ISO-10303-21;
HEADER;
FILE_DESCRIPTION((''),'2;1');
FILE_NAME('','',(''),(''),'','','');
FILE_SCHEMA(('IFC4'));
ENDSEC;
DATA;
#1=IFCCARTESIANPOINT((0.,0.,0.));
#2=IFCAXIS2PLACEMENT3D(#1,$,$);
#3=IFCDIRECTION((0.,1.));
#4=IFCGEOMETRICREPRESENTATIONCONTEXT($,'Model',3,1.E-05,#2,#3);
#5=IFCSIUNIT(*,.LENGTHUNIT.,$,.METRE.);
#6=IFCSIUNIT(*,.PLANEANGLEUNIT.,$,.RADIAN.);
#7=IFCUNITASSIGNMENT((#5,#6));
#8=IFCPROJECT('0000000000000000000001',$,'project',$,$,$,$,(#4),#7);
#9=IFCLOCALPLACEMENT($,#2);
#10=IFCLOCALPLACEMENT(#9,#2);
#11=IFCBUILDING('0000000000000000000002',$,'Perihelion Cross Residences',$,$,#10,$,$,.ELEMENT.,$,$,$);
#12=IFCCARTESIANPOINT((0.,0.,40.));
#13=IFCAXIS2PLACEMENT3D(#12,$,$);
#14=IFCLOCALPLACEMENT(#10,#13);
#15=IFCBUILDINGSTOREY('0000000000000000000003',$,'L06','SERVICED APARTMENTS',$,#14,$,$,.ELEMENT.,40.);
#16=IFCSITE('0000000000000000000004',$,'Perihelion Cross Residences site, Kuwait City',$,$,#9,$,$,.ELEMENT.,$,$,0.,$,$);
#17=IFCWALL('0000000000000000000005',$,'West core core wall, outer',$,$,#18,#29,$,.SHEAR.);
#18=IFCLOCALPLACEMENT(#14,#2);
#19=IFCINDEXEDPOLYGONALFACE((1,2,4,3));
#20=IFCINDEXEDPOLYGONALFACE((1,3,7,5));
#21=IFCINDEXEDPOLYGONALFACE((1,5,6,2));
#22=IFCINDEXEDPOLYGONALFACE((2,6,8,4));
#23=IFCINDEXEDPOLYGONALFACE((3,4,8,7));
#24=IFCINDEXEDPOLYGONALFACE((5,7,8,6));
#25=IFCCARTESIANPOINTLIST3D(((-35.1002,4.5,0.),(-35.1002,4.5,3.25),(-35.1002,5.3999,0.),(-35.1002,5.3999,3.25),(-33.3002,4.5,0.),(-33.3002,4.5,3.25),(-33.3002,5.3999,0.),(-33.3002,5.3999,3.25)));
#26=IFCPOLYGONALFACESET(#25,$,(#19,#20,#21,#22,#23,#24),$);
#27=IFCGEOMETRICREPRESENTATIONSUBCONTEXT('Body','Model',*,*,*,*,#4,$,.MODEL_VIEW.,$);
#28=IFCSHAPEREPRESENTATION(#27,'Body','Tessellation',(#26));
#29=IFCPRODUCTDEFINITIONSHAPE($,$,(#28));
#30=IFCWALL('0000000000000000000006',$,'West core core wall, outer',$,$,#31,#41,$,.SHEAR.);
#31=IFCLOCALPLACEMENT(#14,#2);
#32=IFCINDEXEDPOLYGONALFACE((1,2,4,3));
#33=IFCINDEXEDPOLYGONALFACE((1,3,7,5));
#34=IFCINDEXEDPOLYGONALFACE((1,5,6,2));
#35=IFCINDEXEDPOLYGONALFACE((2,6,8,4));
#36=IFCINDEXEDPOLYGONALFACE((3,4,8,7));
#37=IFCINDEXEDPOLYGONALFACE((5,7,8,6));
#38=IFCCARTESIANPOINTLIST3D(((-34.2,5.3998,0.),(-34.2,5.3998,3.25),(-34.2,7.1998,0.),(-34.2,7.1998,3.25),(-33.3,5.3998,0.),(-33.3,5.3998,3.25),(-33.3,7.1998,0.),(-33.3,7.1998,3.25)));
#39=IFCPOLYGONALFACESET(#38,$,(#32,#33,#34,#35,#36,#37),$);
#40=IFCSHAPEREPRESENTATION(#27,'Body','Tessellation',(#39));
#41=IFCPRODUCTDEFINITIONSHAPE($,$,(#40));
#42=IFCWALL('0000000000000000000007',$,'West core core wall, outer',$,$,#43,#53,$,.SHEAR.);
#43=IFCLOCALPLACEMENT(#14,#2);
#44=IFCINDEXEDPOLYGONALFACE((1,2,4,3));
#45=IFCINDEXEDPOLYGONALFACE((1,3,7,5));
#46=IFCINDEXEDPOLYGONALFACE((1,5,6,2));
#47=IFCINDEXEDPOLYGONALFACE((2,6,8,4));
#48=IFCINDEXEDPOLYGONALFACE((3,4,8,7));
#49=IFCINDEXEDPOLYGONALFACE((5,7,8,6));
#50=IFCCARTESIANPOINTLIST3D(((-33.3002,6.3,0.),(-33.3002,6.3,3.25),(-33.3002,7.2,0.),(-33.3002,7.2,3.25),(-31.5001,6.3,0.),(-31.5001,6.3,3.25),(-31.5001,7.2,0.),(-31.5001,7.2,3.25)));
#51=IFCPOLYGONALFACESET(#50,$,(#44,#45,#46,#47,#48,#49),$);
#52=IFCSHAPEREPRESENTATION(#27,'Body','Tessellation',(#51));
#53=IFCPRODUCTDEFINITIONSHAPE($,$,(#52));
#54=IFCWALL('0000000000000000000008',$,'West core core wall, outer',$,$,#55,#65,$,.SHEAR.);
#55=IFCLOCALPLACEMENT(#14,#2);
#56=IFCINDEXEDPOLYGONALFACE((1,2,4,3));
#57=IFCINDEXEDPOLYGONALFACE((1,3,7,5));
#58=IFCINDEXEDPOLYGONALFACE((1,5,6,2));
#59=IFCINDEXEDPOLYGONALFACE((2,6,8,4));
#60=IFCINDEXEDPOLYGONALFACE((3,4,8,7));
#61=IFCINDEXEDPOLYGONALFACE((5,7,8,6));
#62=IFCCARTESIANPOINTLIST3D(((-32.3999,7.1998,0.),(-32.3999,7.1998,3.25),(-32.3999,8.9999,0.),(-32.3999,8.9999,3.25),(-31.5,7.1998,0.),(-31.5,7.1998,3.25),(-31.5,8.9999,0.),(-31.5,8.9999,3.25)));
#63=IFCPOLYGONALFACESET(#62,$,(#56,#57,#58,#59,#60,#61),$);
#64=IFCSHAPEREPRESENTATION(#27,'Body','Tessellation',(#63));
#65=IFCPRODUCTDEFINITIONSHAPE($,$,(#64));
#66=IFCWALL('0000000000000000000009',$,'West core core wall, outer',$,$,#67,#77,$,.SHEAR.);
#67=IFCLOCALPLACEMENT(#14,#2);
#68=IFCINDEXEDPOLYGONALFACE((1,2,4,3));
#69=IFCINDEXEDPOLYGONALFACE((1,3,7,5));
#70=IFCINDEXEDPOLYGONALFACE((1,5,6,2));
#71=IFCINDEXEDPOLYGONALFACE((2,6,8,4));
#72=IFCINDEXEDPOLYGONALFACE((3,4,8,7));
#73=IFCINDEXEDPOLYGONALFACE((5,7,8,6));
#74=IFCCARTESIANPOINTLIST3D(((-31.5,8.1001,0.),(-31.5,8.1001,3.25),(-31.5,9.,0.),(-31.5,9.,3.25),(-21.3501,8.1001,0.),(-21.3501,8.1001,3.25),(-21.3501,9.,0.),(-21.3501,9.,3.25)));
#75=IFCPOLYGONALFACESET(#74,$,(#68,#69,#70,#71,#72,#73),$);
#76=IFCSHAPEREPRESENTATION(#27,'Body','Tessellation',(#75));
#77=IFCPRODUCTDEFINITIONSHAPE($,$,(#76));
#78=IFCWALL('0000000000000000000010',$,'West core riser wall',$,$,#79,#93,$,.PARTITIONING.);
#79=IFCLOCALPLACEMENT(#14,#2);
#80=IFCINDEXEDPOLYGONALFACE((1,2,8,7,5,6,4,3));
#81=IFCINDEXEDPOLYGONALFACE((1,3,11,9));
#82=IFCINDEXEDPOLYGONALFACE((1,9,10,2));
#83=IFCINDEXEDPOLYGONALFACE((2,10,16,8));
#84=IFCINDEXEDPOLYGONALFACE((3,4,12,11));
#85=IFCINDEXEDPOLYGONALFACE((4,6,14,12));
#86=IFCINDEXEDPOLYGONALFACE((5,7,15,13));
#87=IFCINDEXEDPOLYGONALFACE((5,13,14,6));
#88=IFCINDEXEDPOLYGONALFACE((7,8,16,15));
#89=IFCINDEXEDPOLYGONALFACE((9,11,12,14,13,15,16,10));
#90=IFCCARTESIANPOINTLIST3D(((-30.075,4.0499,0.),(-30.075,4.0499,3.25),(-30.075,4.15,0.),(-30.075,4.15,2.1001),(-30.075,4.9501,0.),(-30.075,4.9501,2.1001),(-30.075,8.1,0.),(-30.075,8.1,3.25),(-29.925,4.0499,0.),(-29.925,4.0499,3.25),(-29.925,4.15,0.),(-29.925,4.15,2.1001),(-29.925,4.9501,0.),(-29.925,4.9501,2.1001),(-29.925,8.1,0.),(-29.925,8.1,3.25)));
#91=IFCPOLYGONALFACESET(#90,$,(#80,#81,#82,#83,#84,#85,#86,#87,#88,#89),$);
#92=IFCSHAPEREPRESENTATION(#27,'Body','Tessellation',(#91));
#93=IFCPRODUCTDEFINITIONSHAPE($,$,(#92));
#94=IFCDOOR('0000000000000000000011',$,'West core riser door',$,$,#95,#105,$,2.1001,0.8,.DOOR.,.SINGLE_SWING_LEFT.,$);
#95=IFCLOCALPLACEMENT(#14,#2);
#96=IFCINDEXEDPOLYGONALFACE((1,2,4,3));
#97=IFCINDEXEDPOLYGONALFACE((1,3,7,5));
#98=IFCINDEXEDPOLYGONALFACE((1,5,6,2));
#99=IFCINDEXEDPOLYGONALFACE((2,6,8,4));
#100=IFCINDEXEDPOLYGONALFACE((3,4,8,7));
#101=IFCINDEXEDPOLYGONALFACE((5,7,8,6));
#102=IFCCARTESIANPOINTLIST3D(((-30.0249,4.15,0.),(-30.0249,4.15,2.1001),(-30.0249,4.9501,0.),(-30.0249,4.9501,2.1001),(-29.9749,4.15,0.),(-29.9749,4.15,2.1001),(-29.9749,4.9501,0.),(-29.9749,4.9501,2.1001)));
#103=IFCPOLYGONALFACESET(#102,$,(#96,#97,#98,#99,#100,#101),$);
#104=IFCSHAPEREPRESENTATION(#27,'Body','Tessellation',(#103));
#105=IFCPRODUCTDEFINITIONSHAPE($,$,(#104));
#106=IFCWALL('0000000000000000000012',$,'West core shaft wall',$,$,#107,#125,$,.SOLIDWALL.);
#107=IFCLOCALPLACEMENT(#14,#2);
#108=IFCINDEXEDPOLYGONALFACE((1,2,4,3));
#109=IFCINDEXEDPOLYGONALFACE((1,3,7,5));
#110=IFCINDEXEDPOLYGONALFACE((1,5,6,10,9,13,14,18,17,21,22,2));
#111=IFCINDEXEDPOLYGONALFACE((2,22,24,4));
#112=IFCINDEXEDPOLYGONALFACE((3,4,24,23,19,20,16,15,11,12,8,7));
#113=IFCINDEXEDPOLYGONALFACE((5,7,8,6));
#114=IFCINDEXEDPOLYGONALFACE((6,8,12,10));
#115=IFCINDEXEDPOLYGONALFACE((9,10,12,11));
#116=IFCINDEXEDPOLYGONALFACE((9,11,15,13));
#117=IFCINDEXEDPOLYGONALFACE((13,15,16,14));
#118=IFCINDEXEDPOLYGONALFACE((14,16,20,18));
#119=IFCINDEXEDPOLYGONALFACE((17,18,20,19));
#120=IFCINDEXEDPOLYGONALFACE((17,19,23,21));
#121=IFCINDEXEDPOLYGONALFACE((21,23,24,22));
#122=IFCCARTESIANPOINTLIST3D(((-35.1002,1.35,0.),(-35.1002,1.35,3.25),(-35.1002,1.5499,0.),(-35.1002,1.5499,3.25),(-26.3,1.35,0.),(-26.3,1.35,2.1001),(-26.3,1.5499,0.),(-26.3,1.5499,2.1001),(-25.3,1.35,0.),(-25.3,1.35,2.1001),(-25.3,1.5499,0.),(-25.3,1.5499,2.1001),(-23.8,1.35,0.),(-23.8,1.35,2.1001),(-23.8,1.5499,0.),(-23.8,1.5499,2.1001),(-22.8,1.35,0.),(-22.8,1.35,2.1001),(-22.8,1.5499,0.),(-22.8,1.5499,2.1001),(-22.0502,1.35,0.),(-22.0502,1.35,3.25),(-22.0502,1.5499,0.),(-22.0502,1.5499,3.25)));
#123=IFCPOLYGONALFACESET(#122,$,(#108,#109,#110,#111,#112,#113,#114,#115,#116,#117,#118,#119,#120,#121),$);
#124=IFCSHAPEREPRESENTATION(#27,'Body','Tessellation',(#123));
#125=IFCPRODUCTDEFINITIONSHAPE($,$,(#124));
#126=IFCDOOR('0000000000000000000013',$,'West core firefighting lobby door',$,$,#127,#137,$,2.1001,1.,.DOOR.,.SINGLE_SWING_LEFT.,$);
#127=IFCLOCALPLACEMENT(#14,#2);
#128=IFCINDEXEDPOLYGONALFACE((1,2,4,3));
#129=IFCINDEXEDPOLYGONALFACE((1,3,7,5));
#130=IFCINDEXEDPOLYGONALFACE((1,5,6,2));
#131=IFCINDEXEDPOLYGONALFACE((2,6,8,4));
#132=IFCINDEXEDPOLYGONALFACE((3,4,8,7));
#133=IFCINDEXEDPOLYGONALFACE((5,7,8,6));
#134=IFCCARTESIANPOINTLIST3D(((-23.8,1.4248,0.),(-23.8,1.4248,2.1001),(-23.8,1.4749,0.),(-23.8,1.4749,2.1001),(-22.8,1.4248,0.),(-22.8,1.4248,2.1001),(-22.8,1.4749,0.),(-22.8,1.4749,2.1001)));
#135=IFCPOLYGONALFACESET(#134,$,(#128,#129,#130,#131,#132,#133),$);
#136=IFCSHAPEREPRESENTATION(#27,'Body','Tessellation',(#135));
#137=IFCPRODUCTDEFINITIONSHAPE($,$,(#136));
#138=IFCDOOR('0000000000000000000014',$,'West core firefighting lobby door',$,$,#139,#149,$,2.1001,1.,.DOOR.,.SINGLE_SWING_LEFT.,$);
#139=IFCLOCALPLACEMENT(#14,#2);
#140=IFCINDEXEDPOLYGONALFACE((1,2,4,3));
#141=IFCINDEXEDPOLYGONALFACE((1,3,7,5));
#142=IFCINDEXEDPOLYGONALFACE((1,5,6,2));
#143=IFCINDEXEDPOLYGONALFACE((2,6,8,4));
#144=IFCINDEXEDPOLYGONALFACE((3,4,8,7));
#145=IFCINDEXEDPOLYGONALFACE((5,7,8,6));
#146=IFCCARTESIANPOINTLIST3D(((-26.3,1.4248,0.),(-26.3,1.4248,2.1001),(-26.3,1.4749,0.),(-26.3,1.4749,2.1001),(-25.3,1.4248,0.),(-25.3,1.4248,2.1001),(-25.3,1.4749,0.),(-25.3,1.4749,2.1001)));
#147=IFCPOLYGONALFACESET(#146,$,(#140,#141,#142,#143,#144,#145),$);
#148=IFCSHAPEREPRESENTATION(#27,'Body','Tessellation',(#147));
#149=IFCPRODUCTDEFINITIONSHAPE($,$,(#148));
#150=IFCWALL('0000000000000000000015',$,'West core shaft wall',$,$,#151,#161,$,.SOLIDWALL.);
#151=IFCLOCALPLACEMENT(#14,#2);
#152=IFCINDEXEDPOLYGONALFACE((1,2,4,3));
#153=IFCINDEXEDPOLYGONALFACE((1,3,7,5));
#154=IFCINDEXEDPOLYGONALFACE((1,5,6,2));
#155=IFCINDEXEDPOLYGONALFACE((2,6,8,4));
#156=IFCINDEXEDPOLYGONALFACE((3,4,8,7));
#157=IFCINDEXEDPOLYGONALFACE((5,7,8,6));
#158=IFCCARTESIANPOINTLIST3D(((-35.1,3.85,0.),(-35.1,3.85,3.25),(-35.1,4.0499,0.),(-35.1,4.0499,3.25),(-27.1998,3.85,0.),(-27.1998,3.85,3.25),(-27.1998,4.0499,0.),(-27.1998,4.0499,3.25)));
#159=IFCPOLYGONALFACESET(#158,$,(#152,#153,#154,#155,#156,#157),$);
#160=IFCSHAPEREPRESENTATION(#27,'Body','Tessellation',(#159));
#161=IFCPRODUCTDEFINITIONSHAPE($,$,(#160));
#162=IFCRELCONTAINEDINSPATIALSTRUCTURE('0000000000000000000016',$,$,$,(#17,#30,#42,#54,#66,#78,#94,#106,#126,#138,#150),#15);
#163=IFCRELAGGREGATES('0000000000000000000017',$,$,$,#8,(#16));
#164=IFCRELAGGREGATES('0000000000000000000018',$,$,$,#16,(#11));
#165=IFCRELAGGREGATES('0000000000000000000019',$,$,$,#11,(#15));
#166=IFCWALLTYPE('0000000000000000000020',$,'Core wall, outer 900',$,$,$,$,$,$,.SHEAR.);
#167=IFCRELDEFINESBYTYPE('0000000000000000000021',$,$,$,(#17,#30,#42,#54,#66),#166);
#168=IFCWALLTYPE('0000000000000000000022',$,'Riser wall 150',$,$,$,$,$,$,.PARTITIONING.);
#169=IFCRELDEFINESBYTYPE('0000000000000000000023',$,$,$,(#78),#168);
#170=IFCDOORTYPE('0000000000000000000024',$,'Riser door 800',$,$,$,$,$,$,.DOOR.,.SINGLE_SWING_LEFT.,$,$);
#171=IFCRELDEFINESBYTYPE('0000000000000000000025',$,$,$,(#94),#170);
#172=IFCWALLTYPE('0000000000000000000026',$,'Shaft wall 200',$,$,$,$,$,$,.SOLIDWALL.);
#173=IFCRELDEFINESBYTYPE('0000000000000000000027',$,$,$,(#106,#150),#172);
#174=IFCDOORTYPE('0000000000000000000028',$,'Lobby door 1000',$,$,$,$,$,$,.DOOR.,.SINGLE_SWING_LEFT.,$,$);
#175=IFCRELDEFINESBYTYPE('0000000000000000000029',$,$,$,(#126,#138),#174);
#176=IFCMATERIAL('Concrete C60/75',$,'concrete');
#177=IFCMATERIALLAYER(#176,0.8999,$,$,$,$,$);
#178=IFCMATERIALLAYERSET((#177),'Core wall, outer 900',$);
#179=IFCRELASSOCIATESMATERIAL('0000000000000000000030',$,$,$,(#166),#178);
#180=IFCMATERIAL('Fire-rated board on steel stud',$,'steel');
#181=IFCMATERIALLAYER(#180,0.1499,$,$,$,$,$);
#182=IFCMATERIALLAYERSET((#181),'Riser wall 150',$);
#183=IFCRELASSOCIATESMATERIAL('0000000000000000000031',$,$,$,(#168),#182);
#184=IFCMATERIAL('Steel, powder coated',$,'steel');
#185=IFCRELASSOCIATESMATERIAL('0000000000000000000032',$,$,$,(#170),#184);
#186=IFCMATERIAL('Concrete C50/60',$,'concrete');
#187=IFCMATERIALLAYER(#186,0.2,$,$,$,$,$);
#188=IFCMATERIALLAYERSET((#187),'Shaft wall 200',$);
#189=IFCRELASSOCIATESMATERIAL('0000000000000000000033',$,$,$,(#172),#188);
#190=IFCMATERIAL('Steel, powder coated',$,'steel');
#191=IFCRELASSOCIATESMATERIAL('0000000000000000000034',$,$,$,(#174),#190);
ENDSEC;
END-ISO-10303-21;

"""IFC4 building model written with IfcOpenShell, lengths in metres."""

from ifc_helpers import new_model, si_unit, direction, frame, frame_2d, origin, place, context, subcontext, project, spatial, rectangle, extrude, material, layer, layer_set, type_object, element, fill, save


model = new_model("IFC4")

# Units and contexts
model_context = context("Model", 3, precision=1e-05, world=origin(), true_north=direction((0.0, 1.0)))
body_context = subcontext(model_context, "Body", "Model", "MODEL_VIEW")
ifc_project = project(units=[si_unit("LENGTHUNIT", "METRE"), si_unit("PLANEANGLEUNIT", "RADIAN")], contexts=[model_context])

# Site, building, storey
site_placement = place(None, origin())
site = spatial("IfcSite", under=ifc_project, at=site_placement, Name="Perihelion Cross Residences site, Kuwait City", CompositionType="ELEMENT", RefElevation=0.0)
building_placement = place(site_placement, origin())
building = spatial("IfcBuilding", under=site, at=building_placement, Name="Perihelion Cross Residences", CompositionType="ELEMENT")
storey_placement = place(building_placement, frame((0.0, 0.0, 40.0)))
storey = spatial("IfcBuildingStorey", under=building, at=storey_placement, Name="L06", Description="SERVICED APARTMENTS", CompositionType="ELEMENT", Elevation=40.0)

# Walls
ifc_material_1 = material(Name="Concrete C60/75", Category="concrete")
ifc_layer_1 = layer(ifc_material_1, 0.8999)
ifc_layer_set_1 = layer_set([ifc_layer_1], Name="Core wall, outer 900")
wall_type_1 = type_object("IfcWallType", Name="Core wall, outer 900", PredefinedType="SHEAR", material=ifc_layer_set_1)
for number, where, z_axis, x_axis, name in (
    (1, (-35.1001, 4.95, 0.0), (0.0, 0.0, 1.0), (1.0, 0.0, 0.0), "West core core wall, outer"),
    (2, (-33.75, 5.3999, 0.0), (0.0, 0.0, 1.0), (0.0, 1.0, 0.0), "West core core wall, outer"),
    (3, (-33.3, 6.75, 0.0), (0.0, 0.0, 1.0), (1.0, 0.0, 0.0), "West core core wall, outer"),
    (4, (-31.95, 7.2, 0.0), (0.0, 0.0, 1.0), (0.0, 1.0, 0.0), "West core core wall, outer"),
):
    element("IfcWall", number, at=place(storey_placement, frame(where, z_axis=z_axis, x_axis=x_axis)), inside=storey, type_object=wall_type_1, Name=name, PredefinedType="SHEAR", context=body_context, shape_type="SweptSolid", body=[
        extrude(rectangle(XDim=1.8, YDim=0.8999, at=frame_2d((0.8999, 0.0))), origin(), (0.0, 0.0, 1.0), 3.25),
    ])
wall_1_placement = place(storey_placement, frame((-31.5, 8.55, 0.0), z_axis=(0.0, 0.0, 1.0), x_axis=(1.0, 0.0, 0.0)))
element("IfcWall", 5, at=wall_1_placement, inside=storey, type_object=wall_type_1, Name="West core core wall, outer", PredefinedType="SHEAR", context=body_context, shape_type="SweptSolid", body=[
    extrude(rectangle(XDim=10.1499, YDim=0.8999, at=frame_2d((5.075, 0.0))), origin(), (0.0, 0.0, 1.0), 3.25),
])

# Wall, opening, door
ifc_material_2 = material(Name="Fire-rated board on steel stud", Category="steel")
ifc_layer_2 = layer(ifc_material_2, 0.1499)
ifc_layer_set_2 = layer_set([ifc_layer_2], Name="Riser wall 150")
wall_type_2 = type_object("IfcWallType", Name="Riser wall 150", PredefinedType="PARTITIONING", material=ifc_layer_set_2)
wall_2_placement = place(storey_placement, frame((-30.0, 4.05, 0.0), z_axis=(0.0, 0.0, 1.0), x_axis=(0.0, 1.0, 0.0)))
wall_2 = element("IfcWall", 6, at=wall_2_placement, inside=storey, type_object=wall_type_2, Name="West core riser wall", PredefinedType="PARTITIONING", context=body_context, shape_type="SweptSolid", body=[
    extrude(rectangle(XDim=4.05, YDim=0.1499, at=frame_2d((2.0249, 0.0))), origin(), (0.0, 0.0, 1.0), 3.25),
])
opening_1_placement = place(wall_2_placement, frame((0.1001, 0.0, 0.0)))
opening_1 = element("IfcOpeningElement", 7, at=opening_1_placement, cuts=wall_2, PredefinedType="OPENING", context=body_context, shape_type="SweptSolid", body=[
    extrude(rectangle(XDim=0.8, YDim=2.1001, at=frame_2d((0.3999, 1.05))), frame((0.0, 0.085, 0.0), z_axis=(0.0, -1.0, 0.0), x_axis=(1.0, 0.0, 0.0)), (0.0, 0.0, 1.0), 0.1699),
])
ifc_material_3 = material(Name="Steel, powder coated", Category="steel")
door_type_1 = type_object("IfcDoorType", Name="Riser door 800", OperationType="SINGLE_SWING_LEFT", PredefinedType="DOOR", material=ifc_material_3)
door_1_placement = place(opening_1_placement, origin())
door_1 = element("IfcDoor", 8, at=door_1_placement, inside=storey, type_object=door_type_1, Name="West core riser door", OperationType="SINGLE_SWING_LEFT", OverallHeight=2.1001, OverallWidth=0.8, PredefinedType="DOOR", context=body_context, shape_type="SweptSolid", body=[
    extrude(rectangle(XDim=0.8, YDim=2.1001, at=frame_2d((0.3999, 1.05))), frame((0.0, 0.0249, 0.0), z_axis=(0.0, -1.0, 0.0), x_axis=(1.0, 0.0, 0.0)), (0.0, 0.0, 1.0), 0.05),
])
fill(opening_1, door_1)

# Wall, openings, doors
ifc_material_4 = material(Name="Concrete C50/60", Category="concrete")
ifc_layer_3 = layer(ifc_material_4, 0.2)
ifc_layer_set_3 = layer_set([ifc_layer_3], Name="Shaft wall 200")
wall_type_3 = type_object("IfcWallType", Name="Shaft wall 200", PredefinedType="SOLIDWALL", material=ifc_layer_set_3)
wall_3_placement = place(storey_placement, frame((-35.1001, 1.45, 0.0), z_axis=(0.0, 0.0, 1.0), x_axis=(1.0, 0.0, 0.0)))
wall_3 = element("IfcWall", 9, at=wall_3_placement, inside=storey, type_object=wall_type_3, Name="West core shaft wall", PredefinedType="SOLIDWALL", context=body_context, shape_type="SweptSolid", body=[
    extrude(rectangle(XDim=13.05, YDim=0.2, at=frame_2d((6.5249, 0.0))), origin(), (0.0, 0.0, 1.0), 3.25),
])
opening_2_placement = place(wall_3_placement, frame((11.3, 0.0, 0.0)))
opening_2 = element("IfcOpeningElement", 10, at=opening_2_placement, cuts=wall_3, PredefinedType="OPENING", context=body_context, shape_type="SweptSolid", body=[
    extrude(rectangle(XDim=1.0, YDim=2.1001, at=frame_2d((0.5, 1.05))), frame((0.0, 0.1099, 0.0), z_axis=(0.0, -1.0, 0.0), x_axis=(1.0, 0.0, 0.0)), (0.0, 0.0, 1.0), 0.22),
])
opening_3_placement = place(wall_3_placement, frame((8.8, 0.0, 0.0)))
opening_3 = element("IfcOpeningElement", 11, at=opening_3_placement, cuts=wall_3, PredefinedType="OPENING", context=body_context, shape_type="SweptSolid", body=[
    extrude(rectangle(XDim=1.0, YDim=2.1001, at=frame_2d((0.5, 1.05))), frame((0.0, 0.1099, 0.0), z_axis=(0.0, -1.0, 0.0), x_axis=(1.0, 0.0, 0.0)), (0.0, 0.0, 1.0), 0.22),
])
ifc_material_5 = material(Name="Steel, powder coated", Category="steel")
door_type_2 = type_object("IfcDoorType", Name="Lobby door 1000", OperationType="SINGLE_SWING_LEFT", PredefinedType="DOOR", material=ifc_material_5)
door_2_placement = place(opening_2_placement, origin())
door_2 = element("IfcDoor", 12, at=door_2_placement, inside=storey, type_object=door_type_2, Name="West core firefighting lobby door", OperationType="SINGLE_SWING_LEFT", OverallHeight=2.1001, OverallWidth=1.0, PredefinedType="DOOR", context=body_context, shape_type="SweptSolid", body=[
    extrude(rectangle(XDim=1.0, YDim=2.1001, at=frame_2d((0.5, 1.05))), frame((0.0, 0.0249, 0.0), z_axis=(0.0, -1.0, 0.0), x_axis=(1.0, 0.0, 0.0)), (0.0, 0.0, 1.0), 0.05),
])
fill(opening_2, door_2)
door_3_placement = place(opening_3_placement, origin())
door_3 = element("IfcDoor", 13, at=door_3_placement, inside=storey, type_object=door_type_2, Name="West core firefighting lobby door", OperationType="SINGLE_SWING_LEFT", OverallHeight=2.1001, OverallWidth=1.0, PredefinedType="DOOR", context=body_context, shape_type="SweptSolid", body=[
    extrude(rectangle(XDim=1.0, YDim=2.1001, at=frame_2d((0.5, 1.05))), frame((0.0, 0.0249, 0.0), z_axis=(0.0, -1.0, 0.0), x_axis=(1.0, 0.0, 0.0)), (0.0, 0.0, 1.0), 0.05),
])
fill(opening_3, door_3)

# Wall
wall_4_placement = place(storey_placement, frame((-35.1001, 3.95, 0.0), z_axis=(0.0, 0.0, 1.0), x_axis=(1.0, 0.0, 0.0)))
element("IfcWall", 14, at=wall_4_placement, inside=storey, type_object=wall_type_3, Name="West core shaft wall", PredefinedType="SOLIDWALL", context=body_context, shape_type="SweptSolid", body=[
    extrude(rectangle(XDim=7.9001, YDim=0.2, at=frame_2d((3.9502, 0.0))), origin(), (0.0, 0.0, 1.0), 3.25),
])

save(model, "model.ifc")
